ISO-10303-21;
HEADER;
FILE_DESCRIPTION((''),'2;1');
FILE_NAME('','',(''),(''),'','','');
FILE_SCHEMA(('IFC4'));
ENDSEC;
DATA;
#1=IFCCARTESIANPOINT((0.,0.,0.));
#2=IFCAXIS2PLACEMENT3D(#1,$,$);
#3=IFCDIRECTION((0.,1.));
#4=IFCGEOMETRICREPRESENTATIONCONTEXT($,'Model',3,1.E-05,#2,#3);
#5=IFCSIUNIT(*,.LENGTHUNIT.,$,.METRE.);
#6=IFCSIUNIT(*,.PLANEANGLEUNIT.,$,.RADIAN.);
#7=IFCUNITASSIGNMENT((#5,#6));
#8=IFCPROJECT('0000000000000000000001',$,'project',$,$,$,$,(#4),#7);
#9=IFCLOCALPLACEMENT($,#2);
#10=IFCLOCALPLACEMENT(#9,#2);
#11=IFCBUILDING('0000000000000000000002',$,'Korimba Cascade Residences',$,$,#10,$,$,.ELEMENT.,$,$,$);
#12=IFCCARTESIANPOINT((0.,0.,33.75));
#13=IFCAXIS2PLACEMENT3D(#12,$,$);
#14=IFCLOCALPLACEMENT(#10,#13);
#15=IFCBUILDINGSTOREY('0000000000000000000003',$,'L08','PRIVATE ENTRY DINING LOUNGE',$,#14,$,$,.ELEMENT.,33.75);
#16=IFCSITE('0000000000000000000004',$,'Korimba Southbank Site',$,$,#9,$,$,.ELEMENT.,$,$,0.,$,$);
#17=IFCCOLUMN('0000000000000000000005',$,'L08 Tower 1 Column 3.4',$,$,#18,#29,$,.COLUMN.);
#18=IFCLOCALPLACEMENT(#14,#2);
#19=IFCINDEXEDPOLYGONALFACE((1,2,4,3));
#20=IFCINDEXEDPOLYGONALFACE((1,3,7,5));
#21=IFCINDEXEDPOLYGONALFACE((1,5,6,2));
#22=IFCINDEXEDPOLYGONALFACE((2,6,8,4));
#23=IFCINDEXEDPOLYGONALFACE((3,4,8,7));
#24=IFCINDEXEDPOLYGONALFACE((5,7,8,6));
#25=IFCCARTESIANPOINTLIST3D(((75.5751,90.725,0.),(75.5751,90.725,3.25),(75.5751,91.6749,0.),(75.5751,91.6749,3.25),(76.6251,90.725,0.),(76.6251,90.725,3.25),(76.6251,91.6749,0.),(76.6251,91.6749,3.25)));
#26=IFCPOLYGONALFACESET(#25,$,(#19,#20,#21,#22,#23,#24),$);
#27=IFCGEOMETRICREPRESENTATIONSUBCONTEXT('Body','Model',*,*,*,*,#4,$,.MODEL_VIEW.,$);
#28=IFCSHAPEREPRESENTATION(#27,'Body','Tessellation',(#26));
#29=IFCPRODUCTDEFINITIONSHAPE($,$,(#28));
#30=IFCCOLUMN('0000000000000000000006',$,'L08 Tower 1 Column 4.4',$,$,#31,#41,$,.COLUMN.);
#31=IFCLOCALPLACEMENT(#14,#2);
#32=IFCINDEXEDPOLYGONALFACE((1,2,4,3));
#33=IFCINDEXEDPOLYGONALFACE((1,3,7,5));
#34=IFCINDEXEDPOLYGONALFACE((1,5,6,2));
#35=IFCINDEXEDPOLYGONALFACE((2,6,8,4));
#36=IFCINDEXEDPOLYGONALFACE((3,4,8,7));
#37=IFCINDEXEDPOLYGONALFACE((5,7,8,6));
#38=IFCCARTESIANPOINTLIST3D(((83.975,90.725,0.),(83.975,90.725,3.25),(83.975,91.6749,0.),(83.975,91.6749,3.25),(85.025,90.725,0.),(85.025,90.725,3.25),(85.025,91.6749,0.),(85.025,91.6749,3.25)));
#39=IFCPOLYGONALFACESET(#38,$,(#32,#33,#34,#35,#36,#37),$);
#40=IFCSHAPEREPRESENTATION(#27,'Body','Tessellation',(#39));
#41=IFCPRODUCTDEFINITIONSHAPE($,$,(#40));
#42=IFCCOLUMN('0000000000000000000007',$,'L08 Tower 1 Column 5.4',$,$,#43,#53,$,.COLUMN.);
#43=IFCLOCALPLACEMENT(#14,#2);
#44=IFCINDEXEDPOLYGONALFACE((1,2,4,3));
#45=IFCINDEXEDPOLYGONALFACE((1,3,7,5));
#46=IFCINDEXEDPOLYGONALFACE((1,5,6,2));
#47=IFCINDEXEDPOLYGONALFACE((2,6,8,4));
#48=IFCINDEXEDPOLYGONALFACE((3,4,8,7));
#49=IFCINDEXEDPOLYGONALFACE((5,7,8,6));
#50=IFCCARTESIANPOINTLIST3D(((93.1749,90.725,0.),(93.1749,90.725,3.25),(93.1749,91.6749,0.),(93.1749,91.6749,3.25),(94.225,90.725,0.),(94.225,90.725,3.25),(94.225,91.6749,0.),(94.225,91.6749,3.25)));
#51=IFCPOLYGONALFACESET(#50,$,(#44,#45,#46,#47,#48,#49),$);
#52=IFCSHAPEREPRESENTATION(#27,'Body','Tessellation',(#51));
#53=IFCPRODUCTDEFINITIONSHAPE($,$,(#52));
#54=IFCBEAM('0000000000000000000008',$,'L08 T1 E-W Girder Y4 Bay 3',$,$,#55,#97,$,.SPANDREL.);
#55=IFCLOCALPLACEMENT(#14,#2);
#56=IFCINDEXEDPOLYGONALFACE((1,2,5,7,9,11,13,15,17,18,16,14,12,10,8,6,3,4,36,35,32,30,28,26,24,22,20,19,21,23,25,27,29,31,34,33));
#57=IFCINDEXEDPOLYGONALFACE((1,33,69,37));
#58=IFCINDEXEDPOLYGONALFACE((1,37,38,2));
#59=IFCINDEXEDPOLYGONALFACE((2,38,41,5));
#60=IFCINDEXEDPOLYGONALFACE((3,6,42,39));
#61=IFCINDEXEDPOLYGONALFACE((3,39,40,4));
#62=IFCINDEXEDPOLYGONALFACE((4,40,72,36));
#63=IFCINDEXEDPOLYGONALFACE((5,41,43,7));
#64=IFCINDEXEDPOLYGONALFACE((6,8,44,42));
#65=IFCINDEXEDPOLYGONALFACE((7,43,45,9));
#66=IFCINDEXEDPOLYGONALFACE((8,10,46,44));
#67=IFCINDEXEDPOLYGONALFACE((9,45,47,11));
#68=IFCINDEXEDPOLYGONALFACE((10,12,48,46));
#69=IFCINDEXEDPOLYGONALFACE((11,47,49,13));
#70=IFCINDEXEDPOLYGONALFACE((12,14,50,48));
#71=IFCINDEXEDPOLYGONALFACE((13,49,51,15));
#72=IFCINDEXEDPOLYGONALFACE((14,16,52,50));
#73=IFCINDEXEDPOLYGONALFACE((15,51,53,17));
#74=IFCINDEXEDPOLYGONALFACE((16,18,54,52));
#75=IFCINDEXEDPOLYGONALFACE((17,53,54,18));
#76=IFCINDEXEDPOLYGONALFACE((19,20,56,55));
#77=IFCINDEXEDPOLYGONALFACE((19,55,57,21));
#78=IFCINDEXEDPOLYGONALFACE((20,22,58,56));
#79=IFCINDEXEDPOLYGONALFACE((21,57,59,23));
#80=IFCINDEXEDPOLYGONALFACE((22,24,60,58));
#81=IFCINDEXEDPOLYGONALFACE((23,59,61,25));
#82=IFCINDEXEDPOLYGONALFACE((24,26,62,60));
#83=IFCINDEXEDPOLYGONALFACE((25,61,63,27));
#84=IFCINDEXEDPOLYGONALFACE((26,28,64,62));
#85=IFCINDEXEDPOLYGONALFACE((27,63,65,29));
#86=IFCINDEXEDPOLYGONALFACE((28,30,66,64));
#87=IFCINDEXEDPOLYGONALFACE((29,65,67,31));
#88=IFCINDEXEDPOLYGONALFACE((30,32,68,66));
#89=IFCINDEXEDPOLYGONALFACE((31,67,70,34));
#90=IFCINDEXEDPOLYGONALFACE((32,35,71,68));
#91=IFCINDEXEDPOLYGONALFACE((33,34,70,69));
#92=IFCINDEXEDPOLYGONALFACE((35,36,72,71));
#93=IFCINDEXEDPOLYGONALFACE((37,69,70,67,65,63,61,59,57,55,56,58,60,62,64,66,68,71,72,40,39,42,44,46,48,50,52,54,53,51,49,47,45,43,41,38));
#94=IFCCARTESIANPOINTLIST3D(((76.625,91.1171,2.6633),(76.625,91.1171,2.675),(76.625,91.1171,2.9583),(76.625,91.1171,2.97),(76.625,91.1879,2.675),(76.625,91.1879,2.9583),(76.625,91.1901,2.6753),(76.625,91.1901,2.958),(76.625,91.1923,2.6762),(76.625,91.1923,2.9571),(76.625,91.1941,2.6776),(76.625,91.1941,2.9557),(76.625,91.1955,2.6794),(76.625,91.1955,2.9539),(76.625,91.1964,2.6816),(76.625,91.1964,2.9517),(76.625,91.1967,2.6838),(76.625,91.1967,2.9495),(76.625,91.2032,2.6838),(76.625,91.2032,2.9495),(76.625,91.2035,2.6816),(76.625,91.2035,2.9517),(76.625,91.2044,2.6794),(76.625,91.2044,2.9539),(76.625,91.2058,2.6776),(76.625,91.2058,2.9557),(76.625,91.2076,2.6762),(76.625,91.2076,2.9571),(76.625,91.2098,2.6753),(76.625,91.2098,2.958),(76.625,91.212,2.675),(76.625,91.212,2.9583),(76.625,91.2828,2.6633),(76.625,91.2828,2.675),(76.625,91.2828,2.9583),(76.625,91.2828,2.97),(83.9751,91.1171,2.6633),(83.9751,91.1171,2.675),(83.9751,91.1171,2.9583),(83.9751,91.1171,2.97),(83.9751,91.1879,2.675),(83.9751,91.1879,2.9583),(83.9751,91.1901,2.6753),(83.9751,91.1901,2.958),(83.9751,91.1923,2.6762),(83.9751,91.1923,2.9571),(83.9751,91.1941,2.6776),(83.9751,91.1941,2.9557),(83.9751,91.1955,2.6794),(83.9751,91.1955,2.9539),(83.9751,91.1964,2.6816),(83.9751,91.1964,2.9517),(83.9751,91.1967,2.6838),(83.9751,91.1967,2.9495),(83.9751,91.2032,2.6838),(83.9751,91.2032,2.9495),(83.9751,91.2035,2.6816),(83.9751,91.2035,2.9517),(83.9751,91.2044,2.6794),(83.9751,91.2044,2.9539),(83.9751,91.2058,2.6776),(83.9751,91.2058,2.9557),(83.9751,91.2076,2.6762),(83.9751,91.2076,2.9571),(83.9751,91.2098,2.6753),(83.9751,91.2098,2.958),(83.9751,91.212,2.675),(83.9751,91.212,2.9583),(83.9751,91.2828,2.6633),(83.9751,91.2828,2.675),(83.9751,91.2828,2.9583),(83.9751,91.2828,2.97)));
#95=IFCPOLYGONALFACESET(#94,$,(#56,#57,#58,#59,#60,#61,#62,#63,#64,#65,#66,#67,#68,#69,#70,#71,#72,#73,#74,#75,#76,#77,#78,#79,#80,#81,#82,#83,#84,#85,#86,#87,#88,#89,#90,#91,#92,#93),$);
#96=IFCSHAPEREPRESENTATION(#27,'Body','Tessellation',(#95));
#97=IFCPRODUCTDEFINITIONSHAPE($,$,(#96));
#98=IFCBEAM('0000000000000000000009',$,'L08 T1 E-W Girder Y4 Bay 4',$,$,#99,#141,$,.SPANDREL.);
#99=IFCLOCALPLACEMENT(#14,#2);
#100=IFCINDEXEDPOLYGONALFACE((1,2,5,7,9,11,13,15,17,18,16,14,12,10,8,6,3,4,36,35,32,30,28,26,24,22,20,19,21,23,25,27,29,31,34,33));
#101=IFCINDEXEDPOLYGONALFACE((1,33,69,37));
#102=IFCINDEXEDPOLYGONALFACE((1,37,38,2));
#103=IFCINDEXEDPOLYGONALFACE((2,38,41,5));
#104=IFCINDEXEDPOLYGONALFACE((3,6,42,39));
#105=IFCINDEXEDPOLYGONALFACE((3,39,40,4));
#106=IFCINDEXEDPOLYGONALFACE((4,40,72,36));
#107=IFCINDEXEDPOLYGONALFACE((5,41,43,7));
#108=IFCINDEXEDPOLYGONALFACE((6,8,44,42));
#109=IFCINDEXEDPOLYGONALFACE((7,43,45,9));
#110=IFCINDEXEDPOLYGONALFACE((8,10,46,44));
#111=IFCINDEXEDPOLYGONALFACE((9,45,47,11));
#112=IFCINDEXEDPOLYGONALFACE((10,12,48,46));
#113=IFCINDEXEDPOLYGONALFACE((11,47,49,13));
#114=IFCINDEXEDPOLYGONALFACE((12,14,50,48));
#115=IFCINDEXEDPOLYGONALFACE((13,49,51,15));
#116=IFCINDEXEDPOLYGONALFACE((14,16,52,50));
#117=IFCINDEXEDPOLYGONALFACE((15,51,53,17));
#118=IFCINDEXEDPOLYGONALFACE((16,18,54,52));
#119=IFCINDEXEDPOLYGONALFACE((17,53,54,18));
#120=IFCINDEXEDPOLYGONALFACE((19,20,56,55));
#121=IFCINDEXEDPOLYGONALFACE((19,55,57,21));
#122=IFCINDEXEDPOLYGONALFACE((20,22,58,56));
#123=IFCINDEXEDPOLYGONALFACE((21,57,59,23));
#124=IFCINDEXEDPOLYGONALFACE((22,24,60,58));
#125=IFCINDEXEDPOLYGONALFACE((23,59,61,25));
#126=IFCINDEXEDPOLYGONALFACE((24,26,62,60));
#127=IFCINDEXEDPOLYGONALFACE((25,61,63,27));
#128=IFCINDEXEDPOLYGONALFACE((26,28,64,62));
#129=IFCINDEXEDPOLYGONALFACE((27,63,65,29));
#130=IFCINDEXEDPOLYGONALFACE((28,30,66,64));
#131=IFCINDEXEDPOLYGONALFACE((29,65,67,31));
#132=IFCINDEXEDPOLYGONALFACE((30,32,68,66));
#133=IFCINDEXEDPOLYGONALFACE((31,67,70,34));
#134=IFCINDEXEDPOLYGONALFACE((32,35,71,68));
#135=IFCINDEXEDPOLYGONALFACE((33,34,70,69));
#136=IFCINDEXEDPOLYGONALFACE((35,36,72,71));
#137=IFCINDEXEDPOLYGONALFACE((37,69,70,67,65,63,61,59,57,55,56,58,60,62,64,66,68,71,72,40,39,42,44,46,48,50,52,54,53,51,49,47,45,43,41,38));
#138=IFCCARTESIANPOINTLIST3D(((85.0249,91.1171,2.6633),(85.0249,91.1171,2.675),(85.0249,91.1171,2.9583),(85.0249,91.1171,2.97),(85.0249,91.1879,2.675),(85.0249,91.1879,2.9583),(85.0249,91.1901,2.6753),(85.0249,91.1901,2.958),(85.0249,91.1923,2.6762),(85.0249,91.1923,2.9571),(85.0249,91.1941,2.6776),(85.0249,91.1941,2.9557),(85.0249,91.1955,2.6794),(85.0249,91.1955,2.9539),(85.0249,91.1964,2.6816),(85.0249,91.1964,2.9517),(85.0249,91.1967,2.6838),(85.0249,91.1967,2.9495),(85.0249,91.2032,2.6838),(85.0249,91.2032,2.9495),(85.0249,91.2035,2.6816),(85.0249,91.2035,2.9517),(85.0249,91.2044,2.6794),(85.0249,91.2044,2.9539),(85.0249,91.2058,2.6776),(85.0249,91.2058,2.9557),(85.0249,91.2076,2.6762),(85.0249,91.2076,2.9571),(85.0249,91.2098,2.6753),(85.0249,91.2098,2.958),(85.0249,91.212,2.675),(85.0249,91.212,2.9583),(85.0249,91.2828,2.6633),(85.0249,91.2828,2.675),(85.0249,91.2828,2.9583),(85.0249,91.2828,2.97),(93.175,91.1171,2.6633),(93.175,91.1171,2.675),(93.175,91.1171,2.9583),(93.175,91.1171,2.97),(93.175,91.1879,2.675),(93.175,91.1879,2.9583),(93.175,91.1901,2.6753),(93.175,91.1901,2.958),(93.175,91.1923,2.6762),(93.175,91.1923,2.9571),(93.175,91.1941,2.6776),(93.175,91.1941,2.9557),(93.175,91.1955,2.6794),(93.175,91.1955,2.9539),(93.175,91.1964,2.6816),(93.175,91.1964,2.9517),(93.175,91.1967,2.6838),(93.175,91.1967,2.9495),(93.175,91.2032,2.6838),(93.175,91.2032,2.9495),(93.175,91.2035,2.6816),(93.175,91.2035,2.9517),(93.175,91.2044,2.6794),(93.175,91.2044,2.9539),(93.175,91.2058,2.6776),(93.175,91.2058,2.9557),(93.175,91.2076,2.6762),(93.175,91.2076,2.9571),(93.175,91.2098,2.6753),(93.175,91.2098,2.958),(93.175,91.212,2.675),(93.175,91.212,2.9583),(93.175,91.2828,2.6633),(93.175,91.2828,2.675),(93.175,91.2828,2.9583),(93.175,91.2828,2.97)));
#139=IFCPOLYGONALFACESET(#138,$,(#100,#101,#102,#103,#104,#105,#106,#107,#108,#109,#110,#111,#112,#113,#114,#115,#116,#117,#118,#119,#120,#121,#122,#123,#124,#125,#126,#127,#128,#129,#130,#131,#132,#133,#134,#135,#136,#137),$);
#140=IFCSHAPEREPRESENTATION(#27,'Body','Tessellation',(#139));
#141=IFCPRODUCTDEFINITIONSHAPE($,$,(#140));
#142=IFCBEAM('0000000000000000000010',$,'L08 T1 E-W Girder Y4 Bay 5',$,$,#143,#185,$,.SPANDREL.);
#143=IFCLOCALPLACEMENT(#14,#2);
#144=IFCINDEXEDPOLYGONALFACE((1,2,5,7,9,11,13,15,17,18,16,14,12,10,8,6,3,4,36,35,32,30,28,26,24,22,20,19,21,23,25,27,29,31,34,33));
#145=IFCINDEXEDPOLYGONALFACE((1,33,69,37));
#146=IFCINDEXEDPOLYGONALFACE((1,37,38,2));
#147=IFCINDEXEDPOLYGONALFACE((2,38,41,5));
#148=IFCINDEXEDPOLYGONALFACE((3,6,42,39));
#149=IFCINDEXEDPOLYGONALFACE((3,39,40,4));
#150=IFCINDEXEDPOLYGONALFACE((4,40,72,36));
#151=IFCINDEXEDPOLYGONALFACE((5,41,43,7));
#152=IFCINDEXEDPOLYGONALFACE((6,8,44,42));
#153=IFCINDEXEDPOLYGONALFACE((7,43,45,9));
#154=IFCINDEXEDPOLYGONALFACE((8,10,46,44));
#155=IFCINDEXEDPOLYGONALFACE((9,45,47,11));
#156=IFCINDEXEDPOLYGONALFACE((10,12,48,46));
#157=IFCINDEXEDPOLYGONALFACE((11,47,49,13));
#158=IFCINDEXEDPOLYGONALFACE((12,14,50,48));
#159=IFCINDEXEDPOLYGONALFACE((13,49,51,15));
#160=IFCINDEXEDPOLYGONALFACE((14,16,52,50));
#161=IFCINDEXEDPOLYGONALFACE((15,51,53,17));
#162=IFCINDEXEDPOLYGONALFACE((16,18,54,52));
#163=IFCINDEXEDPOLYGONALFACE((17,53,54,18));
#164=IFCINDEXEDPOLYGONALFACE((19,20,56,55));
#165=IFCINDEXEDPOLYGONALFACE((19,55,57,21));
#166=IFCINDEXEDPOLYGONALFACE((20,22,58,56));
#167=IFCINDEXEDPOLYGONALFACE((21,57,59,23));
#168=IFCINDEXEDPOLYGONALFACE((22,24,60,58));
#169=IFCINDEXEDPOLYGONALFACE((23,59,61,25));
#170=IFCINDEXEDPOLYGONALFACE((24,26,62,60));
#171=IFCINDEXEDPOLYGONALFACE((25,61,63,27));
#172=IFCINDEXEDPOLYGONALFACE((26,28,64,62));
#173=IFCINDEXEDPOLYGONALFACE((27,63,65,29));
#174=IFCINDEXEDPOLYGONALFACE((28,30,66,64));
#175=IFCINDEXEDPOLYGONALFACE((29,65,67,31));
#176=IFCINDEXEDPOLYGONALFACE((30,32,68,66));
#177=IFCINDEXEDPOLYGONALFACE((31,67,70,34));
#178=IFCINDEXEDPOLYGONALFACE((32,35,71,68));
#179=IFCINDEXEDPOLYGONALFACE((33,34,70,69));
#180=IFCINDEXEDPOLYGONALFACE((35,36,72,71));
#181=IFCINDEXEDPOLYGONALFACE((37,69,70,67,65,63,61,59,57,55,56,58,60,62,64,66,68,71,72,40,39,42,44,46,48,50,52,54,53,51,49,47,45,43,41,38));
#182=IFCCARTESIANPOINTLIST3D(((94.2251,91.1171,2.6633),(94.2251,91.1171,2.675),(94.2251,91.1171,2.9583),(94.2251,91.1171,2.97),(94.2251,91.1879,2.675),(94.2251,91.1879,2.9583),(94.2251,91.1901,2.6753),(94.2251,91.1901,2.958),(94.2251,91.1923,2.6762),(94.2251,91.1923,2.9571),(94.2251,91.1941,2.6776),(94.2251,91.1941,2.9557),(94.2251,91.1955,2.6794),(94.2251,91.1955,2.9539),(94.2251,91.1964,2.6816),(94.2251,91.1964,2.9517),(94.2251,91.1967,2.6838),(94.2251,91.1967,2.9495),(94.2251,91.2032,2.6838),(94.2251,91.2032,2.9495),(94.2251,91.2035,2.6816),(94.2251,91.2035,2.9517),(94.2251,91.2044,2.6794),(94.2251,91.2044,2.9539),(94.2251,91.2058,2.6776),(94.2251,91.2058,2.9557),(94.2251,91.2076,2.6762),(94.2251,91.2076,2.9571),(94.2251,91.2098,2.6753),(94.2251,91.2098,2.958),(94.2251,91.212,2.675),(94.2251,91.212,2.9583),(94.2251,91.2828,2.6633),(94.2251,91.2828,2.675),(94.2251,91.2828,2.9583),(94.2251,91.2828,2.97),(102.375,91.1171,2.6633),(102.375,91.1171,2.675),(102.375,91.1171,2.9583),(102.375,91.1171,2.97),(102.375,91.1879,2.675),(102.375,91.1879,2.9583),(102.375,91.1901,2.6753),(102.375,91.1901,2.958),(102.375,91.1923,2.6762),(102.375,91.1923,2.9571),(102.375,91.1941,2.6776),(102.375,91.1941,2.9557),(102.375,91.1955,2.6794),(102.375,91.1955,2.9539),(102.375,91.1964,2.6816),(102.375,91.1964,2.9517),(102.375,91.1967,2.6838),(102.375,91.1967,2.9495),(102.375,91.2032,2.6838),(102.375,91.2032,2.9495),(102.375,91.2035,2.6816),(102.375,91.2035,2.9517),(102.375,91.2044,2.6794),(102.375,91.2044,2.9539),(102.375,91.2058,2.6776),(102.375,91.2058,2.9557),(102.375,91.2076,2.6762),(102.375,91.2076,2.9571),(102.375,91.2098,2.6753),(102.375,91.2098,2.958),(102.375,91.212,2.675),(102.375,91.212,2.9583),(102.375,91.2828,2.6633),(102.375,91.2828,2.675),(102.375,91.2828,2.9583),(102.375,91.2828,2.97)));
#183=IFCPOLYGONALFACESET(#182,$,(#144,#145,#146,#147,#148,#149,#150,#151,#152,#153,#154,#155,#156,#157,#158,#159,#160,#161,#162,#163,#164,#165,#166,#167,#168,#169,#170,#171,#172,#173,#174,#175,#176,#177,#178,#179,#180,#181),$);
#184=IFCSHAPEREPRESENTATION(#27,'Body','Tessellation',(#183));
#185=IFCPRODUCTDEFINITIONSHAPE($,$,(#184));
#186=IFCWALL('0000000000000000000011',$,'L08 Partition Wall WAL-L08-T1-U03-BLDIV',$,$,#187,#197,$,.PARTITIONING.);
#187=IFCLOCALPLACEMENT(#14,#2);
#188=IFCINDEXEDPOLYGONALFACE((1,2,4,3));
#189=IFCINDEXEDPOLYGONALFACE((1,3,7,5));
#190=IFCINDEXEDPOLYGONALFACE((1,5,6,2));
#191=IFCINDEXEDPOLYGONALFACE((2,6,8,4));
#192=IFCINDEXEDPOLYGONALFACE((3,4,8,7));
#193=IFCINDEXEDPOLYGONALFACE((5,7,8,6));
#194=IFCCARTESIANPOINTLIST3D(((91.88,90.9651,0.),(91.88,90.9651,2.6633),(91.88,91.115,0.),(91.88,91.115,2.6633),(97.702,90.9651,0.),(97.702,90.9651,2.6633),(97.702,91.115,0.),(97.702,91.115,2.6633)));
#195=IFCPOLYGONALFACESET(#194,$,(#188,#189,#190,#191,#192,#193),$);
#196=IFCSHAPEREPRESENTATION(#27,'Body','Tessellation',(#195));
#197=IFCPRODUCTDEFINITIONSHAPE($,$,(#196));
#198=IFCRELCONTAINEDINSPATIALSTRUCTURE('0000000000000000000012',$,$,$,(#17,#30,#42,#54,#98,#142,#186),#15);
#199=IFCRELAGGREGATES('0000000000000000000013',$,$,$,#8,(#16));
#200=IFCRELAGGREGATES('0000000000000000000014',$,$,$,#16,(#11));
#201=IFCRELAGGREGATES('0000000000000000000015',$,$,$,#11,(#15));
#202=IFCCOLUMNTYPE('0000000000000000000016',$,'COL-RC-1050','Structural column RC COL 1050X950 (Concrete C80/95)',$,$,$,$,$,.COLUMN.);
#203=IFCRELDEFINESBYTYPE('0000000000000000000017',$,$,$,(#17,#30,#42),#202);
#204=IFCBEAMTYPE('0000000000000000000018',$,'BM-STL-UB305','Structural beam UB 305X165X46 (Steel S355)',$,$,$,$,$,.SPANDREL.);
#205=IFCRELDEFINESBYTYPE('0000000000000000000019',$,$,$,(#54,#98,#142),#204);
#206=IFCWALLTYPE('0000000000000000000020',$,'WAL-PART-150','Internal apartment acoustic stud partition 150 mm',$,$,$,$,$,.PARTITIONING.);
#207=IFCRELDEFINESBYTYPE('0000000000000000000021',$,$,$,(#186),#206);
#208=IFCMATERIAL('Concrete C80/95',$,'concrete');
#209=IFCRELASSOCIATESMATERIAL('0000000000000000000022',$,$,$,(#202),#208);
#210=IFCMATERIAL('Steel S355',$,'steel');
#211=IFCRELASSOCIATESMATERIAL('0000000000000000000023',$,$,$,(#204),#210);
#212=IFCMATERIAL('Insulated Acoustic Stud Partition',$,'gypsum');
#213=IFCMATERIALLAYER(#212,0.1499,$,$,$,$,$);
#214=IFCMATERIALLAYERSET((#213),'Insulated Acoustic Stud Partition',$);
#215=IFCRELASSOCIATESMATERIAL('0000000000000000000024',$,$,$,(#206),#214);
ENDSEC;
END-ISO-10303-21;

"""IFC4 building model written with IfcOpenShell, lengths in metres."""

from ifc_helpers import new_model, si_unit, direction, frame, frame_2d, origin, origin_2d, place, context, subcontext, project, spatial, rectangle, i_section, extrude, material, layer, layer_set, material_profile, profile_set, type_object, element, save


model = new_model("IFC4")

# Units and contexts
model_context = context("Model", 3, precision=1e-05, world=origin(), true_north=direction((0.0, 1.0)))
body_context = subcontext(model_context, "Body", "Model", "MODEL_VIEW")
ifc_project = project(units=[si_unit("LENGTHUNIT", "METRE"), si_unit("PLANEANGLEUNIT", "RADIAN")], contexts=[model_context])

# Site, building, storey
site_placement = place(None, origin())
site = spatial("IfcSite", under=ifc_project, at=site_placement, Name="Korimba Southbank Site", CompositionType="ELEMENT", RefElevation=0.0)
building_placement = place(site_placement, origin())
building = spatial("IfcBuilding", under=site, at=building_placement, Name="Korimba Cascade Residences", CompositionType="ELEMENT")
storey_placement = place(building_placement, frame((0.0, 0.0, 33.75)))
storey = spatial("IfcBuildingStorey", under=building, at=storey_placement, Name="L08", Description="PRIVATE ENTRY DINING LOUNGE", CompositionType="ELEMENT", Elevation=33.75)

# Columns
ifc_material_1 = material(Name="Concrete C80/95", Category="concrete")
ifc_material_profile_1 = material_profile(ifc_material_1, rectangle(XDim=1.05, YDim=0.95, at=origin_2d()), Name="Concrete C80/95")
ifc_profile_set_1 = profile_set([ifc_material_profile_1], Name="Concrete C80/95")
column_type = type_object("IfcColumnType", Name="COL-RC-1050", Description="Structural column RC COL 1050X950 (Concrete C80/95)", PredefinedType="COLUMN", material=ifc_profile_set_1)
for number, where, z_axis, x_axis, name in (
    (1, (76.1001, 91.2, 0.0), (0.0, 0.0, 1.0), (1.0, 0.0, 0.0), "L08 Tower 1 Column 3.4"),
    (2, (84.5, 91.2, 0.0), (0.0, 0.0, 1.0), (1.0, 0.0, 0.0), "L08 Tower 1 Column 4.4"),
    (3, (93.7, 91.2, 0.0), (0.0, 0.0, 1.0), (1.0, 0.0, 0.0), "L08 Tower 1 Column 5.4"),
):
    element("IfcColumn", number, at=place(storey_placement, frame(where, z_axis=z_axis, x_axis=x_axis)), inside=storey, type_object=column_type, Name=name, PredefinedType="COLUMN", context=body_context, shape_type="SweptSolid", body=[
        extrude(rectangle(XDim=1.05, YDim=0.95, at=origin_2d()), origin(), (0.0, 0.0, 1.0), 3.25),
    ])

# Beams
ifc_material_2 = material(Name="Steel S355", Category="steel")
ifc_material_profile_2 = material_profile(ifc_material_2, i_section(OverallWidth=0.1658, OverallDepth=0.3066, WebThickness=0.0066, FlangeThickness=0.0117, FilletRadius=0.0088, at=origin_2d()), Name="Steel S355")
ifc_profile_set_2 = profile_set([ifc_material_profile_2], Name="Steel S355")
beam_type = type_object("IfcBeamType", Name="BM-STL-UB305", Description="Structural beam UB 305X165X46 (Steel S355)", PredefinedType="SPANDREL", material=ifc_profile_set_2)
beam_1_placement = place(storey_placement, frame((76.625, 91.2, 2.8167), z_axis=(1.0, 0.0, 0.0), x_axis=(0.0, 1.0, 0.0)))
element("IfcBeam", 4, at=beam_1_placement, inside=storey, type_object=beam_type, Name="L08 T1 E-W Girder Y4 Bay 3", PredefinedType="SPANDREL", context=body_context, shape_type="SweptSolid", body=[
    extrude(i_section(OverallWidth=0.1658, OverallDepth=0.3066, WebThickness=0.0066, FlangeThickness=0.0117, FilletRadius=0.0088, at=origin_2d()), origin(), (0.0, 0.0, 1.0), 7.3501),
])
beam_2_placement = place(storey_placement, frame((85.0249, 91.2, 2.8167), z_axis=(1.0, 0.0, 0.0), x_axis=(0.0, 1.0, 0.0)))
element("IfcBeam", 5, at=beam_2_placement, inside=storey, type_object=beam_type, Name="L08 T1 E-W Girder Y4 Bay 4", PredefinedType="SPANDREL", context=body_context, shape_type="SweptSolid", body=[
    extrude(i_section(OverallWidth=0.1658, OverallDepth=0.3066, WebThickness=0.0066, FlangeThickness=0.0117, FilletRadius=0.0088, at=origin_2d()), origin(), (0.0, 0.0, 1.0), 8.1501),
])
beam_3_placement = place(storey_placement, frame((94.2251, 91.2, 2.8167), z_axis=(1.0, 0.0, 0.0), x_axis=(0.0, 1.0, 0.0)))
element("IfcBeam", 6, at=beam_3_placement, inside=storey, type_object=beam_type, Name="L08 T1 E-W Girder Y4 Bay 5", PredefinedType="SPANDREL", context=body_context, shape_type="SweptSolid", body=[
    extrude(i_section(OverallWidth=0.1658, OverallDepth=0.3066, WebThickness=0.0066, FlangeThickness=0.0117, FilletRadius=0.0088, at=origin_2d()), origin(), (0.0, 0.0, 1.0), 8.1499),
])

# Wall
ifc_material_3 = material(Name="Insulated Acoustic Stud Partition", Category="gypsum")
ifc_layer = layer(ifc_material_3, 0.1499)
ifc_layer_set = layer_set([ifc_layer], Name="Insulated Acoustic Stud Partition")
wall_type = type_object("IfcWallType", Name="WAL-PART-150", Description="Internal apartment acoustic stud partition 150 mm", PredefinedType="PARTITIONING", material=ifc_layer_set)
wall_1_placement = place(storey_placement, frame((91.8799, 91.04, 0.0), z_axis=(0.0, 0.0, 1.0), x_axis=(1.0, 0.0, 0.0)))
element("IfcWall", 7, at=wall_1_placement, inside=storey, type_object=wall_type, Name="L08 Partition Wall WAL-L08-T1-U03-BLDIV", PredefinedType="PARTITIONING", context=body_context, shape_type="SweptSolid", body=[
    extrude(rectangle(XDim=5.822, YDim=0.1499, at=frame_2d((2.9111, 0.0))), origin(), (0.0, 0.0, 1.0), 2.6633),
])

save(model, "model.ifc")
